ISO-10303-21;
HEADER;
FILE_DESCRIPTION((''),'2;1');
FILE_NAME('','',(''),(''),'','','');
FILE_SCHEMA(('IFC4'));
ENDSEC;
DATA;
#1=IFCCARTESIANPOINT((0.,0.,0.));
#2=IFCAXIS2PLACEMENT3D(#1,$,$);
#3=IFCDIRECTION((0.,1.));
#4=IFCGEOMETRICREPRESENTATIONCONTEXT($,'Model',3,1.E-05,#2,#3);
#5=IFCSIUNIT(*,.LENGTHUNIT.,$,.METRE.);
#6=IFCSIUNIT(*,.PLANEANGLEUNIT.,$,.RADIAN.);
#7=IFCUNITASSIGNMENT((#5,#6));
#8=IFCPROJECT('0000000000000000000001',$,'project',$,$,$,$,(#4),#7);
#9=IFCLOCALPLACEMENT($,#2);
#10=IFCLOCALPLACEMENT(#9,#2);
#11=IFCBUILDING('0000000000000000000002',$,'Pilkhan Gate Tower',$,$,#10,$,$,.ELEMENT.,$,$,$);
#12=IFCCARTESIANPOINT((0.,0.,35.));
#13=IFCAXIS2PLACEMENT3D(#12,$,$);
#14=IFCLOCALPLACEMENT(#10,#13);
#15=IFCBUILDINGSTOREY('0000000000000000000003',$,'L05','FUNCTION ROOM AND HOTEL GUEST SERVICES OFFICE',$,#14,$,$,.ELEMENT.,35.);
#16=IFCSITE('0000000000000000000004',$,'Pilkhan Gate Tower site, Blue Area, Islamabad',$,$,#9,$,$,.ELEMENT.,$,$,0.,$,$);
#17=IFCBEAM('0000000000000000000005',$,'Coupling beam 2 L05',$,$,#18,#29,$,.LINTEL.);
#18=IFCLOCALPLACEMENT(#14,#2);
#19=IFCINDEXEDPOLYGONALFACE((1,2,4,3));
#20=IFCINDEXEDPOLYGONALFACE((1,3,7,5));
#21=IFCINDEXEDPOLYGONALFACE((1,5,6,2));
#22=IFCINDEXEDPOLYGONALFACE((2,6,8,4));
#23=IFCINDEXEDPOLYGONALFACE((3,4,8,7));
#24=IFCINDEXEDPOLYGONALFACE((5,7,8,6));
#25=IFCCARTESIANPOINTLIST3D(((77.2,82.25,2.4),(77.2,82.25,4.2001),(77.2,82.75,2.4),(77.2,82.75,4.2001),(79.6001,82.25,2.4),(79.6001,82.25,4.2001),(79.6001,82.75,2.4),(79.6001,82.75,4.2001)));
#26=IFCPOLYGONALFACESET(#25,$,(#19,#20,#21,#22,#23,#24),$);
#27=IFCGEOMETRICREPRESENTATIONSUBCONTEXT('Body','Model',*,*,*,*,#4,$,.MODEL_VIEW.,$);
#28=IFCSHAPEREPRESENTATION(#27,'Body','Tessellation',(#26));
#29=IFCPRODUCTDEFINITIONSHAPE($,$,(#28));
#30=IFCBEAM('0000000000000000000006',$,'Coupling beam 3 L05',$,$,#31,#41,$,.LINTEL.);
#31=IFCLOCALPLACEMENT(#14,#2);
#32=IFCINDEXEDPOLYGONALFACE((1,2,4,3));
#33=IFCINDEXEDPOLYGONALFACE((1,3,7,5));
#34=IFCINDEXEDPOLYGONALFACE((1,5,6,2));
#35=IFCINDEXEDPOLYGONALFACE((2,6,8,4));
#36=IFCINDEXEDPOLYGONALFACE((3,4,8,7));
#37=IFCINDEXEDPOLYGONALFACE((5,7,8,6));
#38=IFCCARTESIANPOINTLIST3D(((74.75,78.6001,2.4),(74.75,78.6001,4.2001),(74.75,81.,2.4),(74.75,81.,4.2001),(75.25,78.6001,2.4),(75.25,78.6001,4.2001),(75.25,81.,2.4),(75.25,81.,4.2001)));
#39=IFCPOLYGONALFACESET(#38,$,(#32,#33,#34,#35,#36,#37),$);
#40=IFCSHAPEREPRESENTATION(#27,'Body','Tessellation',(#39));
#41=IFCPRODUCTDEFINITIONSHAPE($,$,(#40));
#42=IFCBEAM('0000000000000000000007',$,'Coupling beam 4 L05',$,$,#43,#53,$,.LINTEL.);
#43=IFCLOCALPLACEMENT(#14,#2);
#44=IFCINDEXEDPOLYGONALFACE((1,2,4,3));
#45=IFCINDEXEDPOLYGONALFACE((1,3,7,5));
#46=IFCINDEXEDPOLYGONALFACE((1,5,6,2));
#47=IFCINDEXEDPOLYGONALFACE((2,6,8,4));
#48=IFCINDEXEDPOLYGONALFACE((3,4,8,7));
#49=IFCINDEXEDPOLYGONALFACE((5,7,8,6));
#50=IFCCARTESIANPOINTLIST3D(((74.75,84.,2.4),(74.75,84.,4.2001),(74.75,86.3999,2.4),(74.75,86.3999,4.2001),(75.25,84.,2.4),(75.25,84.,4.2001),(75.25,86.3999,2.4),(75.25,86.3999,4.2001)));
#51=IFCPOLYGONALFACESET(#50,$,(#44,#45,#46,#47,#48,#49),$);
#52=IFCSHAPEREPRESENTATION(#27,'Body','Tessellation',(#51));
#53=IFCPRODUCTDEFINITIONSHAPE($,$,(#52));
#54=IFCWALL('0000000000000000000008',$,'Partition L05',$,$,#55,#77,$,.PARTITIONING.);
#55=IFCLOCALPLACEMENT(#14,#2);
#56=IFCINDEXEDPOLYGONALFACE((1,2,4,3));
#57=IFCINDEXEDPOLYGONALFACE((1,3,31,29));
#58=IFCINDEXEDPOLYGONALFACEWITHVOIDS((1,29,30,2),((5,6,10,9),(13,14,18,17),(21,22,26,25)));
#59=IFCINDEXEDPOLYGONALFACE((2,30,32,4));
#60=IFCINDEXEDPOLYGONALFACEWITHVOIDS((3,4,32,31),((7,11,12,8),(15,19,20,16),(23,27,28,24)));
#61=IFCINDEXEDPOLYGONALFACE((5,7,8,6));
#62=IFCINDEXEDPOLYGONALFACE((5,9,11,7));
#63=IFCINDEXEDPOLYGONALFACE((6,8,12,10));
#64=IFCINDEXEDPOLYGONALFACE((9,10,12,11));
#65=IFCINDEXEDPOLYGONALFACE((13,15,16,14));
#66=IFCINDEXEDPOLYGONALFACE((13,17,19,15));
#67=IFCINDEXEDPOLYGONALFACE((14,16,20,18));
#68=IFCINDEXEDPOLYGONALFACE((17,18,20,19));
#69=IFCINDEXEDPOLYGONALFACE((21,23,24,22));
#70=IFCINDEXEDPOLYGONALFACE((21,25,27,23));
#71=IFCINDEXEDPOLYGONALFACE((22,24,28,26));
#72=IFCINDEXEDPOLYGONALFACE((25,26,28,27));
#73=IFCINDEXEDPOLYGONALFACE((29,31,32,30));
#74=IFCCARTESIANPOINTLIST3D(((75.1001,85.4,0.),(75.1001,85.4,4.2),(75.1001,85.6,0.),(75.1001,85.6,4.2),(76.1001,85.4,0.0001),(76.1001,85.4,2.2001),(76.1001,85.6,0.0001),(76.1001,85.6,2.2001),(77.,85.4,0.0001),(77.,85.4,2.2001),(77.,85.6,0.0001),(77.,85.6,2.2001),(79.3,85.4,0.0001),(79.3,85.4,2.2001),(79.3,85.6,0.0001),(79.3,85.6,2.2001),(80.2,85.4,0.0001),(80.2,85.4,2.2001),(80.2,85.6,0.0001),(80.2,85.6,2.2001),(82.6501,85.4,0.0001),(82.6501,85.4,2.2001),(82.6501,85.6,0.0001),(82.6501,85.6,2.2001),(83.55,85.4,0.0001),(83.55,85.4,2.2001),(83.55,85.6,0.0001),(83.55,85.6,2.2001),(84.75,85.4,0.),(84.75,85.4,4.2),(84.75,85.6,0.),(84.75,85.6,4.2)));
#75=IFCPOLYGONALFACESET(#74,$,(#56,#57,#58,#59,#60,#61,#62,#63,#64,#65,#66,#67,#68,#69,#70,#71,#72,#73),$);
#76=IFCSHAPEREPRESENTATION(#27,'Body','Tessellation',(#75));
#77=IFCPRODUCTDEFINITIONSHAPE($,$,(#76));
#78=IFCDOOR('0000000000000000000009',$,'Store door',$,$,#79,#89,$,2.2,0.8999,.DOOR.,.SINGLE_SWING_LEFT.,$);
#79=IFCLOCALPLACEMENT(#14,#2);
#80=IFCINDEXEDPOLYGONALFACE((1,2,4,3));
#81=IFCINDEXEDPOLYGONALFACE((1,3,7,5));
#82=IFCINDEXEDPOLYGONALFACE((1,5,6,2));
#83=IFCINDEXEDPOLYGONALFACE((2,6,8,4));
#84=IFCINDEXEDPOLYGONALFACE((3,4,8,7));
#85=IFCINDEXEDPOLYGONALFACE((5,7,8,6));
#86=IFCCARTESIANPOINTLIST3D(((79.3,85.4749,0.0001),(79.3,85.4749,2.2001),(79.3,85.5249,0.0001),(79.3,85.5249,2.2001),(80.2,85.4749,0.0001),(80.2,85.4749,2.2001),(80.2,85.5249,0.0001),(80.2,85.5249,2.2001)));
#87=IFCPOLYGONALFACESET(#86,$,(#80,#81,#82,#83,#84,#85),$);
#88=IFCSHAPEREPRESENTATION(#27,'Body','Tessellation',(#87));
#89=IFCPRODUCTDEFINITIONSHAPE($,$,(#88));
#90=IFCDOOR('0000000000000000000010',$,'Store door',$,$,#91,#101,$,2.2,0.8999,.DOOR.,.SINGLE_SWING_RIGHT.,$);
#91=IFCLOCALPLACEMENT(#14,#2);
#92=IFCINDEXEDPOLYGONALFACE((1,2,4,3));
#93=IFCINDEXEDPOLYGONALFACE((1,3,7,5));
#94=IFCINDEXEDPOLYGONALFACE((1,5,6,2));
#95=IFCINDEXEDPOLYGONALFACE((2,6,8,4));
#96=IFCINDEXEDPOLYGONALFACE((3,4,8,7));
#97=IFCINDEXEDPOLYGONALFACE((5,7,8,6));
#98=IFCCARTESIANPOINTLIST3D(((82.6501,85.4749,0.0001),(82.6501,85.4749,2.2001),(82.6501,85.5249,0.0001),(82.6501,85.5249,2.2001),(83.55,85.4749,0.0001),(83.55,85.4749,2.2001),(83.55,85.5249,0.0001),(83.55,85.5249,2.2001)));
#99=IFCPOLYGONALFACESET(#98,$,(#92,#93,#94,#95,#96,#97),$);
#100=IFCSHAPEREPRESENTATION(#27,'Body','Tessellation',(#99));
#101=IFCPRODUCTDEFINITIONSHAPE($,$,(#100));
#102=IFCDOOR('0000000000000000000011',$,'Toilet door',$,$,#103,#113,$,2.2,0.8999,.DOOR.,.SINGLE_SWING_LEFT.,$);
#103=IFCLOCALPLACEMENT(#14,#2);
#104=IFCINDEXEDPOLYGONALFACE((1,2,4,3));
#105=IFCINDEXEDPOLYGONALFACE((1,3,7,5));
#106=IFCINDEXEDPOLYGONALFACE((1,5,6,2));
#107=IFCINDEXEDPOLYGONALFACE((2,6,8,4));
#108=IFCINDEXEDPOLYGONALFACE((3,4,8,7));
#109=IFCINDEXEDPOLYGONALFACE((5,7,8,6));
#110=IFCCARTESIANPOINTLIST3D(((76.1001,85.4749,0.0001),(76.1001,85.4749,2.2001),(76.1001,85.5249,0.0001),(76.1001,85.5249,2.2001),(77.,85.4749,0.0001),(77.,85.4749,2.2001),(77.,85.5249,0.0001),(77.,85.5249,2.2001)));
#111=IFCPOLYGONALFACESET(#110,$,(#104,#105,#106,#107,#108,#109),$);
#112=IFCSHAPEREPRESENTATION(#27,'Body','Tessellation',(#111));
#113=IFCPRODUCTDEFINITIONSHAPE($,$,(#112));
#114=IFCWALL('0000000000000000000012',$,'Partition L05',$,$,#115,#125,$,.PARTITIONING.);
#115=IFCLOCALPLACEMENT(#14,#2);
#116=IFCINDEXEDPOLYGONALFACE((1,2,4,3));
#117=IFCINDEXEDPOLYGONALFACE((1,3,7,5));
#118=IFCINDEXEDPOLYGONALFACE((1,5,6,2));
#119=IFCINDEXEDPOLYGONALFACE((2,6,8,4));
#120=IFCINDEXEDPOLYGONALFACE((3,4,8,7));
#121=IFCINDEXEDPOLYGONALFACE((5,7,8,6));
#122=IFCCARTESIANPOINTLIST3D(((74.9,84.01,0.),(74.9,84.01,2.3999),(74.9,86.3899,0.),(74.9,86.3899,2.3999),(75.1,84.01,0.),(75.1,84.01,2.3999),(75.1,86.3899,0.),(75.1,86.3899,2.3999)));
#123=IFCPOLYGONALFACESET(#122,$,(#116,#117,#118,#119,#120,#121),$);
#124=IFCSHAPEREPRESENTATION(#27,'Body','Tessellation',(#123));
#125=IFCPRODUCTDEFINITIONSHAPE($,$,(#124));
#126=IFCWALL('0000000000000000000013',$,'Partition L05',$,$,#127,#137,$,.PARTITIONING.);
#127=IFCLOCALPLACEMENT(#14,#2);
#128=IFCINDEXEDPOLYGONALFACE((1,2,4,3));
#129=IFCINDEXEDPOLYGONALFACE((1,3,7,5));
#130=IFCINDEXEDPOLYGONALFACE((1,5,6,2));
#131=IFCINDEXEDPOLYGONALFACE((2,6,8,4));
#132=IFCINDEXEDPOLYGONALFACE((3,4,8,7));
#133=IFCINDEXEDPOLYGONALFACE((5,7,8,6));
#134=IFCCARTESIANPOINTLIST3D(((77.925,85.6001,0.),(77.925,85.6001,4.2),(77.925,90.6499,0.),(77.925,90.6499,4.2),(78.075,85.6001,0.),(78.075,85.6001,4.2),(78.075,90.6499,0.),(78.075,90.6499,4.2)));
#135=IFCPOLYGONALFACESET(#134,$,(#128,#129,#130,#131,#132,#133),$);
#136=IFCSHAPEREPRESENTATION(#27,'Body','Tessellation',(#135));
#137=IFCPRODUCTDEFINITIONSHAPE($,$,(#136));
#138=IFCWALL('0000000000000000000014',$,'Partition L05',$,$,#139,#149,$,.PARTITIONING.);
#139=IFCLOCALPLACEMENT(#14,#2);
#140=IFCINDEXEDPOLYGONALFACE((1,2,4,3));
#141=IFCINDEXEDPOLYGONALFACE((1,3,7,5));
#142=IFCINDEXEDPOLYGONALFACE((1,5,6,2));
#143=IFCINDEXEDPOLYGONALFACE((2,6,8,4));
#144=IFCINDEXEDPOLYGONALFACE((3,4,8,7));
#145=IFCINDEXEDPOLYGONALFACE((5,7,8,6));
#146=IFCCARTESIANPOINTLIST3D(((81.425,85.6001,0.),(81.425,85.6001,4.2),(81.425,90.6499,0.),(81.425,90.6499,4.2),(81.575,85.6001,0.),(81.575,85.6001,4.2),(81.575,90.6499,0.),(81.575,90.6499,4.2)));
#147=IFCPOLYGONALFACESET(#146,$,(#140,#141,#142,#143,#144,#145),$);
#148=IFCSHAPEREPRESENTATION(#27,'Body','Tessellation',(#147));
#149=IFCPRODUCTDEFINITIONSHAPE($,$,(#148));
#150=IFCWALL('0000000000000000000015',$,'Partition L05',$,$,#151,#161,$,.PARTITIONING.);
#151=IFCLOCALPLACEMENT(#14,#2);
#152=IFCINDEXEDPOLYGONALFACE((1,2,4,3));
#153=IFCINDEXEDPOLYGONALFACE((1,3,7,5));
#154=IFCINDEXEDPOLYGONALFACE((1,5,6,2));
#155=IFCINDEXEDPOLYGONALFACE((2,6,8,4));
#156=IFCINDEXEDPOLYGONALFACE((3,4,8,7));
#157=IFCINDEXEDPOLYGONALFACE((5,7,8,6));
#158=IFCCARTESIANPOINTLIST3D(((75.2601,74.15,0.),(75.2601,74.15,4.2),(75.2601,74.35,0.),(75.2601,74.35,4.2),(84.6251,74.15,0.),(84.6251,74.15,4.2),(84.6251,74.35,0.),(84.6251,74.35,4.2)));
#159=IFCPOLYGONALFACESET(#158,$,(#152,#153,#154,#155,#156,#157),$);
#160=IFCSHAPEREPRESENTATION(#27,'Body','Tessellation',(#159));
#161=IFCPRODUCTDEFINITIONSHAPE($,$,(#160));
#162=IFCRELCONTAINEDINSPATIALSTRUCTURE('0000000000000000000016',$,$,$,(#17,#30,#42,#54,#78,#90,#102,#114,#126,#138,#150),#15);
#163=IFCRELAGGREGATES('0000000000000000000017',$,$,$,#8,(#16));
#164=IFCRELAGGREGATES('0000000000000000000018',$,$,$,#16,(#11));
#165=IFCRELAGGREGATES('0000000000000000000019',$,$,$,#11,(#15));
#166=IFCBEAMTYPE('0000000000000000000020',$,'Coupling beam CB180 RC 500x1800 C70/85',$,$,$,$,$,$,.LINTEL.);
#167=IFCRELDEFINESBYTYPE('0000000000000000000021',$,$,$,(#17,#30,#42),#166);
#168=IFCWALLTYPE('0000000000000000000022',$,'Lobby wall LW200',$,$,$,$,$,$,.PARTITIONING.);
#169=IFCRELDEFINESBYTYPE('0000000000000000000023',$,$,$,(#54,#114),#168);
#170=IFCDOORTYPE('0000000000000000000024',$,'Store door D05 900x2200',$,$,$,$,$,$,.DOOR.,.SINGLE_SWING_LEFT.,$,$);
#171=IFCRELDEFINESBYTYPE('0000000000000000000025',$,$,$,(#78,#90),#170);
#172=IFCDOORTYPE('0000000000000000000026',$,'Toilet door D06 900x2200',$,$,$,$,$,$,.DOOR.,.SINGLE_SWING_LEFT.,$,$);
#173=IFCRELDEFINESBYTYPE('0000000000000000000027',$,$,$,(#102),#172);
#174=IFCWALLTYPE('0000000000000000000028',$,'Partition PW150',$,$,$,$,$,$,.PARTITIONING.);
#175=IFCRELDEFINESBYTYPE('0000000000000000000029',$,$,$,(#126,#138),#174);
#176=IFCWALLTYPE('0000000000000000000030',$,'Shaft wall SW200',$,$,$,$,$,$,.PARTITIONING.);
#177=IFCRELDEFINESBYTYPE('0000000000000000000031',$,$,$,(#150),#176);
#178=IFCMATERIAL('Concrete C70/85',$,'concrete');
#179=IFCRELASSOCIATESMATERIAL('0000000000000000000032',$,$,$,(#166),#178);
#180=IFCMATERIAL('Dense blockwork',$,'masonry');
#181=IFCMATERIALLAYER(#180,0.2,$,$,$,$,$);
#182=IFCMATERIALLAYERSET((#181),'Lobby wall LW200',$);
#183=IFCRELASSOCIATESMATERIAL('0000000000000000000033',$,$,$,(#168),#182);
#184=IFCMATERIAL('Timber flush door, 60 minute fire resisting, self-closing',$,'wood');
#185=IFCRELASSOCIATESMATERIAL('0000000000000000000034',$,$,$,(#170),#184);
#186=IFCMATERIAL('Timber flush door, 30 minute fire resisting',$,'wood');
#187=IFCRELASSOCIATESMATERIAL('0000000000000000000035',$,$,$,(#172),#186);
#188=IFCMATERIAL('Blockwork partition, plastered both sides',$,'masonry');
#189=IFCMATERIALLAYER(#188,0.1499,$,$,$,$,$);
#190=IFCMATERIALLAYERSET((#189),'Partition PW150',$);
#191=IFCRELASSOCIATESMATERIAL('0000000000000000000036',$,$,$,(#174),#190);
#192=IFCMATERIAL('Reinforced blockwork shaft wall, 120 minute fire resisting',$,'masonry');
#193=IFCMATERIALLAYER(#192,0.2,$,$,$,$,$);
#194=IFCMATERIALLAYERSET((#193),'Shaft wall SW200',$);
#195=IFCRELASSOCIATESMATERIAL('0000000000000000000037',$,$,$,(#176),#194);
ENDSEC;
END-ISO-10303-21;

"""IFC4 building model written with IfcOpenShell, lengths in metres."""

from ifc_helpers import new_model, si_unit, direction, frame, frame_2d, origin, origin_2d, place, context, subcontext, project, spatial, rectangle, extrude, material, layer, layer_set, material_profile, profile_set, type_object, element, fill, save


model = new_model("IFC4")

# Units and contexts
model_context = context("Model", 3, precision=1e-05, world=origin(), true_north=direction((0.0, 1.0)))
body_context = subcontext(model_context, "Body", "Model", "MODEL_VIEW")
ifc_project = project(units=[si_unit("LENGTHUNIT", "METRE"), si_unit("PLANEANGLEUNIT", "RADIAN")], contexts=[model_context])

# Site, building, storey
site_placement = place(None, origin())
site = spatial("IfcSite", under=ifc_project, at=site_placement, Name="Pilkhan Gate Tower site, Blue Area, Islamabad", CompositionType="ELEMENT", RefElevation=0.0)
building_placement = place(site_placement, origin())
building = spatial("IfcBuilding", under=site, at=building_placement, Name="Pilkhan Gate Tower", CompositionType="ELEMENT")
storey_placement = place(building_placement, frame((0.0, 0.0, 35.0)))
storey = spatial("IfcBuildingStorey", under=building, at=storey_placement, Name="L05", Description="FUNCTION ROOM AND HOTEL GUEST SERVICES OFFICE", CompositionType="ELEMENT", Elevation=35.0)

# Beams
ifc_material_1 = material(Name="Concrete C70/85", Category="concrete")
ifc_material_profile = material_profile(ifc_material_1, rectangle(XDim=0.5, YDim=1.8, at=origin_2d()), Name="RC 500x1800")
ifc_profile_set = profile_set([ifc_material_profile], Name="Concrete C70/85")
beam_type = type_object("IfcBeamType", Name="Coupling beam CB180 RC 500x1800 C70/85", PredefinedType="LINTEL", material=ifc_profile_set)
beam_placement = place(storey_placement, frame((77.2, 82.5, 3.3), z_axis=(1.0, 0.0, 0.0), x_axis=(0.0, 1.0, 0.0)))
element("IfcBeam", 1, at=beam_placement, inside=storey, type_object=beam_type, Name="Coupling beam 2 L05", PredefinedType="LINTEL", context=body_context, shape_type="SweptSolid", body=[
    extrude(rectangle(XDim=0.5, YDim=1.8, at=origin_2d()), origin(), (0.0, 0.0, 1.0), 2.4001),
])
for number, where, z_axis, x_axis, name in (
    (2, (75.0, 78.6001, 3.3), (0.0, 1.0, 0.0), (-1.0, 0.0, 0.0), "Coupling beam 3 L05"),
    (3, (75.0, 84.0, 3.3), (0.0, 1.0, 0.0), (-1.0, 0.0, 0.0), "Coupling beam 4 L05"),
):
    element("IfcBeam", number, at=place(storey_placement, frame(where, z_axis=z_axis, x_axis=x_axis)), inside=storey, type_object=beam_type, Name=name, PredefinedType="LINTEL", context=body_context, shape_type="SweptSolid", body=[
        extrude(rectangle(XDim=0.5, YDim=1.8, at=origin_2d()), origin(), (0.0, 0.0, 1.0), 2.3999),
    ])

# Wall, openings, doors
ifc_material_2 = material(Name="Dense blockwork", Category="masonry")
ifc_layer_1 = layer(ifc_material_2, 0.2)
ifc_layer_set_1 = layer_set([ifc_layer_1], Name="Lobby wall LW200")
wall_type_1 = type_object("IfcWallType", Name="Lobby wall LW200", PredefinedType="PARTITIONING", material=ifc_layer_set_1)
wall_1_placement = place(storey_placement, frame((75.1001, 85.5, 0.0), z_axis=(0.0, 0.0, 1.0), x_axis=(1.0, 0.0, 0.0)))
wall_1 = element("IfcWall", 4, at=wall_1_placement, inside=storey, type_object=wall_type_1, Name="Partition L05", PredefinedType="PARTITIONING", context=body_context, shape_type="SweptSolid", body=[
    extrude(rectangle(XDim=9.6499, YDim=0.2, at=frame_2d((4.825, 0.0))), origin(), (0.0, 0.0, 1.0), 4.2),
])
opening_1_placement = place(wall_1_placement, frame((1.0, 0.0, 0.0)))
opening_1 = element("IfcOpeningElement", 5, at=opening_1_placement, cuts=wall_1, PredefinedType="OPENING", context=body_context, shape_type="SweptSolid", body=[
    extrude(rectangle(XDim=0.8999, YDim=2.2, at=frame_2d((0.45, 1.1001))), frame((0.0, 0.1099, 0.0), z_axis=(0.0, -1.0, 0.0), x_axis=(1.0, 0.0, 0.0)), (0.0, 0.0, 1.0), 0.22),
])
opening_2_placement = place(wall_1_placement, frame((4.2, 0.0, 0.0)))
opening_2 = element("IfcOpeningElement", 6, at=opening_2_placement, cuts=wall_1, PredefinedType="OPENING", context=body_context, shape_type="SweptSolid", body=[
    extrude(rectangle(XDim=0.8999, YDim=2.2, at=frame_2d((0.45, 1.1001))), frame((0.0, 0.1099, 0.0), z_axis=(0.0, -1.0, 0.0), x_axis=(1.0, 0.0, 0.0)), (0.0, 0.0, 1.0), 0.22),
])
opening_3_placement = place(wall_1_placement, frame((7.55, 0.0, 0.0)))
opening_3 = element("IfcOpeningElement", 7, at=opening_3_placement, cuts=wall_1, PredefinedType="OPENING", context=body_context, shape_type="SweptSolid", body=[
    extrude(rectangle(XDim=0.8999, YDim=2.2, at=frame_2d((0.45, 1.1001))), frame((0.0, 0.1099, 0.0), z_axis=(0.0, -1.0, 0.0), x_axis=(1.0, 0.0, 0.0)), (0.0, 0.0, 1.0), 0.22),
])
ifc_material_3 = material(Name="Timber flush door, 60 minute fire resisting, self-closing", Category="wood")
door_type_1 = type_object("IfcDoorType", Name="Store door D05 900x2200", OperationType="SINGLE_SWING_LEFT", PredefinedType="DOOR", material=ifc_material_3)
door_1_placement = place(opening_2_placement, origin())
door_1 = element("IfcDoor", 8, at=door_1_placement, inside=storey, type_object=door_type_1, Name="Store door", OperationType="SINGLE_SWING_LEFT", OverallHeight=2.2, OverallWidth=0.8999, PredefinedType="DOOR", context=body_context, shape_type="SweptSolid", body=[
    extrude(rectangle(XDim=0.8999, YDim=2.2, at=frame_2d((0.45, 1.1001))), frame((0.0, 0.0249, 0.0), z_axis=(0.0, -1.0, 0.0), x_axis=(1.0, 0.0, 0.0)), (0.0, 0.0, 1.0), 0.05),
])
fill(opening_2, door_1)
door_2_placement = place(opening_3_placement, origin())
door_2 = element("IfcDoor", 9, at=door_2_placement, inside=storey, type_object=door_type_1, Name="Store door", OperationType="SINGLE_SWING_RIGHT", OverallHeight=2.2, OverallWidth=0.8999, PredefinedType="DOOR", context=body_context, shape_type="SweptSolid", body=[
    extrude(rectangle(XDim=0.8999, YDim=2.2, at=frame_2d((0.45, 1.1001))), frame((0.0, 0.0249, 0.0), z_axis=(0.0, -1.0, 0.0), x_axis=(1.0, 0.0, 0.0)), (0.0, 0.0, 1.0), 0.05),
])
fill(opening_3, door_2)
ifc_material_4 = material(Name="Timber flush door, 30 minute fire resisting", Category="wood")
door_type_2 = type_object("IfcDoorType", Name="Toilet door D06 900x2200", OperationType="SINGLE_SWING_LEFT", PredefinedType="DOOR", material=ifc_material_4)
door_3_placement = place(opening_1_placement, origin())
door_3 = element("IfcDoor", 10, at=door_3_placement, inside=storey, type_object=door_type_2, Name="Toilet door", OperationType="SINGLE_SWING_LEFT", OverallHeight=2.2, OverallWidth=0.8999, PredefinedType="DOOR", context=body_context, shape_type="SweptSolid", body=[
    extrude(rectangle(XDim=0.8999, YDim=2.2, at=frame_2d((0.45, 1.1001))), frame((0.0, 0.0249, 0.0), z_axis=(0.0, -1.0, 0.0), x_axis=(1.0, 0.0, 0.0)), (0.0, 0.0, 1.0), 0.05),
])
fill(opening_1, door_3)

# Walls
wall_2_placement = place(storey_placement, frame((75.0, 84.01, 0.0), z_axis=(0.0, 0.0, 1.0), x_axis=(0.0, 1.0, 0.0)))
element("IfcWall", 11, at=wall_2_placement, inside=storey, type_object=wall_type_1, Name="Partition L05", PredefinedType="PARTITIONING", context=body_context, shape_type="SweptSolid", body=[
    extrude(rectangle(XDim=2.3799, YDim=0.2, at=frame_2d((1.1899, 0.0))), origin(), (0.0, 0.0, 1.0), 2.3999),
])
ifc_material_5 = material(Name="Blockwork partition, plastered both sides", Category="masonry")
ifc_layer_2 = layer(ifc_material_5, 0.1499)
ifc_layer_set_2 = layer_set([ifc_layer_2], Name="Partition PW150")
wall_type_2 = type_object("IfcWallType", Name="Partition PW150", PredefinedType="PARTITIONING", material=ifc_layer_set_2)
for number, where, z_axis, x_axis, name in (
    (12, (78.0, 85.6001, 0.0), (0.0, 0.0, 1.0), (0.0, 1.0, 0.0), "Partition L05"),
    (13, (81.5, 85.6001, 0.0), (0.0, 0.0, 1.0), (0.0, 1.0, 0.0), "Partition L05"),
):
    element("IfcWall", number, at=place(storey_placement, frame(where, z_axis=z_axis, x_axis=x_axis)), inside=storey, type_object=wall_type_2, Name=name, PredefinedType="PARTITIONING", context=body_context, shape_type="SweptSolid", body=[
        extrude(rectangle(XDim=5.0498, YDim=0.1499, at=frame_2d((2.5249, 0.0))), origin(), (0.0, 0.0, 1.0), 4.2),
    ])
ifc_material_6 = material(Name="Reinforced blockwork shaft wall, 120 minute fire resisting", Category="masonry")
ifc_layer_3 = layer(ifc_material_6, 0.2)
ifc_layer_set_3 = layer_set([ifc_layer_3], Name="Shaft wall SW200")
wall_type_3 = type_object("IfcWallType", Name="Shaft wall SW200", PredefinedType="PARTITIONING", material=ifc_layer_set_3)
wall_3_placement = place(storey_placement, frame((75.26, 74.25, 0.0), z_axis=(0.0, 0.0, 1.0), x_axis=(1.0, 0.0, 0.0)))
element("IfcWall", 14, at=wall_3_placement, inside=storey, type_object=wall_type_3, Name="Partition L05", PredefinedType="PARTITIONING", context=body_context, shape_type="SweptSolid", body=[
    extrude(rectangle(XDim=9.365, YDim=0.2, at=frame_2d((4.6826, 0.0))), origin(), (0.0, 0.0, 1.0), 4.2),
])

save(model, "model.ifc")
